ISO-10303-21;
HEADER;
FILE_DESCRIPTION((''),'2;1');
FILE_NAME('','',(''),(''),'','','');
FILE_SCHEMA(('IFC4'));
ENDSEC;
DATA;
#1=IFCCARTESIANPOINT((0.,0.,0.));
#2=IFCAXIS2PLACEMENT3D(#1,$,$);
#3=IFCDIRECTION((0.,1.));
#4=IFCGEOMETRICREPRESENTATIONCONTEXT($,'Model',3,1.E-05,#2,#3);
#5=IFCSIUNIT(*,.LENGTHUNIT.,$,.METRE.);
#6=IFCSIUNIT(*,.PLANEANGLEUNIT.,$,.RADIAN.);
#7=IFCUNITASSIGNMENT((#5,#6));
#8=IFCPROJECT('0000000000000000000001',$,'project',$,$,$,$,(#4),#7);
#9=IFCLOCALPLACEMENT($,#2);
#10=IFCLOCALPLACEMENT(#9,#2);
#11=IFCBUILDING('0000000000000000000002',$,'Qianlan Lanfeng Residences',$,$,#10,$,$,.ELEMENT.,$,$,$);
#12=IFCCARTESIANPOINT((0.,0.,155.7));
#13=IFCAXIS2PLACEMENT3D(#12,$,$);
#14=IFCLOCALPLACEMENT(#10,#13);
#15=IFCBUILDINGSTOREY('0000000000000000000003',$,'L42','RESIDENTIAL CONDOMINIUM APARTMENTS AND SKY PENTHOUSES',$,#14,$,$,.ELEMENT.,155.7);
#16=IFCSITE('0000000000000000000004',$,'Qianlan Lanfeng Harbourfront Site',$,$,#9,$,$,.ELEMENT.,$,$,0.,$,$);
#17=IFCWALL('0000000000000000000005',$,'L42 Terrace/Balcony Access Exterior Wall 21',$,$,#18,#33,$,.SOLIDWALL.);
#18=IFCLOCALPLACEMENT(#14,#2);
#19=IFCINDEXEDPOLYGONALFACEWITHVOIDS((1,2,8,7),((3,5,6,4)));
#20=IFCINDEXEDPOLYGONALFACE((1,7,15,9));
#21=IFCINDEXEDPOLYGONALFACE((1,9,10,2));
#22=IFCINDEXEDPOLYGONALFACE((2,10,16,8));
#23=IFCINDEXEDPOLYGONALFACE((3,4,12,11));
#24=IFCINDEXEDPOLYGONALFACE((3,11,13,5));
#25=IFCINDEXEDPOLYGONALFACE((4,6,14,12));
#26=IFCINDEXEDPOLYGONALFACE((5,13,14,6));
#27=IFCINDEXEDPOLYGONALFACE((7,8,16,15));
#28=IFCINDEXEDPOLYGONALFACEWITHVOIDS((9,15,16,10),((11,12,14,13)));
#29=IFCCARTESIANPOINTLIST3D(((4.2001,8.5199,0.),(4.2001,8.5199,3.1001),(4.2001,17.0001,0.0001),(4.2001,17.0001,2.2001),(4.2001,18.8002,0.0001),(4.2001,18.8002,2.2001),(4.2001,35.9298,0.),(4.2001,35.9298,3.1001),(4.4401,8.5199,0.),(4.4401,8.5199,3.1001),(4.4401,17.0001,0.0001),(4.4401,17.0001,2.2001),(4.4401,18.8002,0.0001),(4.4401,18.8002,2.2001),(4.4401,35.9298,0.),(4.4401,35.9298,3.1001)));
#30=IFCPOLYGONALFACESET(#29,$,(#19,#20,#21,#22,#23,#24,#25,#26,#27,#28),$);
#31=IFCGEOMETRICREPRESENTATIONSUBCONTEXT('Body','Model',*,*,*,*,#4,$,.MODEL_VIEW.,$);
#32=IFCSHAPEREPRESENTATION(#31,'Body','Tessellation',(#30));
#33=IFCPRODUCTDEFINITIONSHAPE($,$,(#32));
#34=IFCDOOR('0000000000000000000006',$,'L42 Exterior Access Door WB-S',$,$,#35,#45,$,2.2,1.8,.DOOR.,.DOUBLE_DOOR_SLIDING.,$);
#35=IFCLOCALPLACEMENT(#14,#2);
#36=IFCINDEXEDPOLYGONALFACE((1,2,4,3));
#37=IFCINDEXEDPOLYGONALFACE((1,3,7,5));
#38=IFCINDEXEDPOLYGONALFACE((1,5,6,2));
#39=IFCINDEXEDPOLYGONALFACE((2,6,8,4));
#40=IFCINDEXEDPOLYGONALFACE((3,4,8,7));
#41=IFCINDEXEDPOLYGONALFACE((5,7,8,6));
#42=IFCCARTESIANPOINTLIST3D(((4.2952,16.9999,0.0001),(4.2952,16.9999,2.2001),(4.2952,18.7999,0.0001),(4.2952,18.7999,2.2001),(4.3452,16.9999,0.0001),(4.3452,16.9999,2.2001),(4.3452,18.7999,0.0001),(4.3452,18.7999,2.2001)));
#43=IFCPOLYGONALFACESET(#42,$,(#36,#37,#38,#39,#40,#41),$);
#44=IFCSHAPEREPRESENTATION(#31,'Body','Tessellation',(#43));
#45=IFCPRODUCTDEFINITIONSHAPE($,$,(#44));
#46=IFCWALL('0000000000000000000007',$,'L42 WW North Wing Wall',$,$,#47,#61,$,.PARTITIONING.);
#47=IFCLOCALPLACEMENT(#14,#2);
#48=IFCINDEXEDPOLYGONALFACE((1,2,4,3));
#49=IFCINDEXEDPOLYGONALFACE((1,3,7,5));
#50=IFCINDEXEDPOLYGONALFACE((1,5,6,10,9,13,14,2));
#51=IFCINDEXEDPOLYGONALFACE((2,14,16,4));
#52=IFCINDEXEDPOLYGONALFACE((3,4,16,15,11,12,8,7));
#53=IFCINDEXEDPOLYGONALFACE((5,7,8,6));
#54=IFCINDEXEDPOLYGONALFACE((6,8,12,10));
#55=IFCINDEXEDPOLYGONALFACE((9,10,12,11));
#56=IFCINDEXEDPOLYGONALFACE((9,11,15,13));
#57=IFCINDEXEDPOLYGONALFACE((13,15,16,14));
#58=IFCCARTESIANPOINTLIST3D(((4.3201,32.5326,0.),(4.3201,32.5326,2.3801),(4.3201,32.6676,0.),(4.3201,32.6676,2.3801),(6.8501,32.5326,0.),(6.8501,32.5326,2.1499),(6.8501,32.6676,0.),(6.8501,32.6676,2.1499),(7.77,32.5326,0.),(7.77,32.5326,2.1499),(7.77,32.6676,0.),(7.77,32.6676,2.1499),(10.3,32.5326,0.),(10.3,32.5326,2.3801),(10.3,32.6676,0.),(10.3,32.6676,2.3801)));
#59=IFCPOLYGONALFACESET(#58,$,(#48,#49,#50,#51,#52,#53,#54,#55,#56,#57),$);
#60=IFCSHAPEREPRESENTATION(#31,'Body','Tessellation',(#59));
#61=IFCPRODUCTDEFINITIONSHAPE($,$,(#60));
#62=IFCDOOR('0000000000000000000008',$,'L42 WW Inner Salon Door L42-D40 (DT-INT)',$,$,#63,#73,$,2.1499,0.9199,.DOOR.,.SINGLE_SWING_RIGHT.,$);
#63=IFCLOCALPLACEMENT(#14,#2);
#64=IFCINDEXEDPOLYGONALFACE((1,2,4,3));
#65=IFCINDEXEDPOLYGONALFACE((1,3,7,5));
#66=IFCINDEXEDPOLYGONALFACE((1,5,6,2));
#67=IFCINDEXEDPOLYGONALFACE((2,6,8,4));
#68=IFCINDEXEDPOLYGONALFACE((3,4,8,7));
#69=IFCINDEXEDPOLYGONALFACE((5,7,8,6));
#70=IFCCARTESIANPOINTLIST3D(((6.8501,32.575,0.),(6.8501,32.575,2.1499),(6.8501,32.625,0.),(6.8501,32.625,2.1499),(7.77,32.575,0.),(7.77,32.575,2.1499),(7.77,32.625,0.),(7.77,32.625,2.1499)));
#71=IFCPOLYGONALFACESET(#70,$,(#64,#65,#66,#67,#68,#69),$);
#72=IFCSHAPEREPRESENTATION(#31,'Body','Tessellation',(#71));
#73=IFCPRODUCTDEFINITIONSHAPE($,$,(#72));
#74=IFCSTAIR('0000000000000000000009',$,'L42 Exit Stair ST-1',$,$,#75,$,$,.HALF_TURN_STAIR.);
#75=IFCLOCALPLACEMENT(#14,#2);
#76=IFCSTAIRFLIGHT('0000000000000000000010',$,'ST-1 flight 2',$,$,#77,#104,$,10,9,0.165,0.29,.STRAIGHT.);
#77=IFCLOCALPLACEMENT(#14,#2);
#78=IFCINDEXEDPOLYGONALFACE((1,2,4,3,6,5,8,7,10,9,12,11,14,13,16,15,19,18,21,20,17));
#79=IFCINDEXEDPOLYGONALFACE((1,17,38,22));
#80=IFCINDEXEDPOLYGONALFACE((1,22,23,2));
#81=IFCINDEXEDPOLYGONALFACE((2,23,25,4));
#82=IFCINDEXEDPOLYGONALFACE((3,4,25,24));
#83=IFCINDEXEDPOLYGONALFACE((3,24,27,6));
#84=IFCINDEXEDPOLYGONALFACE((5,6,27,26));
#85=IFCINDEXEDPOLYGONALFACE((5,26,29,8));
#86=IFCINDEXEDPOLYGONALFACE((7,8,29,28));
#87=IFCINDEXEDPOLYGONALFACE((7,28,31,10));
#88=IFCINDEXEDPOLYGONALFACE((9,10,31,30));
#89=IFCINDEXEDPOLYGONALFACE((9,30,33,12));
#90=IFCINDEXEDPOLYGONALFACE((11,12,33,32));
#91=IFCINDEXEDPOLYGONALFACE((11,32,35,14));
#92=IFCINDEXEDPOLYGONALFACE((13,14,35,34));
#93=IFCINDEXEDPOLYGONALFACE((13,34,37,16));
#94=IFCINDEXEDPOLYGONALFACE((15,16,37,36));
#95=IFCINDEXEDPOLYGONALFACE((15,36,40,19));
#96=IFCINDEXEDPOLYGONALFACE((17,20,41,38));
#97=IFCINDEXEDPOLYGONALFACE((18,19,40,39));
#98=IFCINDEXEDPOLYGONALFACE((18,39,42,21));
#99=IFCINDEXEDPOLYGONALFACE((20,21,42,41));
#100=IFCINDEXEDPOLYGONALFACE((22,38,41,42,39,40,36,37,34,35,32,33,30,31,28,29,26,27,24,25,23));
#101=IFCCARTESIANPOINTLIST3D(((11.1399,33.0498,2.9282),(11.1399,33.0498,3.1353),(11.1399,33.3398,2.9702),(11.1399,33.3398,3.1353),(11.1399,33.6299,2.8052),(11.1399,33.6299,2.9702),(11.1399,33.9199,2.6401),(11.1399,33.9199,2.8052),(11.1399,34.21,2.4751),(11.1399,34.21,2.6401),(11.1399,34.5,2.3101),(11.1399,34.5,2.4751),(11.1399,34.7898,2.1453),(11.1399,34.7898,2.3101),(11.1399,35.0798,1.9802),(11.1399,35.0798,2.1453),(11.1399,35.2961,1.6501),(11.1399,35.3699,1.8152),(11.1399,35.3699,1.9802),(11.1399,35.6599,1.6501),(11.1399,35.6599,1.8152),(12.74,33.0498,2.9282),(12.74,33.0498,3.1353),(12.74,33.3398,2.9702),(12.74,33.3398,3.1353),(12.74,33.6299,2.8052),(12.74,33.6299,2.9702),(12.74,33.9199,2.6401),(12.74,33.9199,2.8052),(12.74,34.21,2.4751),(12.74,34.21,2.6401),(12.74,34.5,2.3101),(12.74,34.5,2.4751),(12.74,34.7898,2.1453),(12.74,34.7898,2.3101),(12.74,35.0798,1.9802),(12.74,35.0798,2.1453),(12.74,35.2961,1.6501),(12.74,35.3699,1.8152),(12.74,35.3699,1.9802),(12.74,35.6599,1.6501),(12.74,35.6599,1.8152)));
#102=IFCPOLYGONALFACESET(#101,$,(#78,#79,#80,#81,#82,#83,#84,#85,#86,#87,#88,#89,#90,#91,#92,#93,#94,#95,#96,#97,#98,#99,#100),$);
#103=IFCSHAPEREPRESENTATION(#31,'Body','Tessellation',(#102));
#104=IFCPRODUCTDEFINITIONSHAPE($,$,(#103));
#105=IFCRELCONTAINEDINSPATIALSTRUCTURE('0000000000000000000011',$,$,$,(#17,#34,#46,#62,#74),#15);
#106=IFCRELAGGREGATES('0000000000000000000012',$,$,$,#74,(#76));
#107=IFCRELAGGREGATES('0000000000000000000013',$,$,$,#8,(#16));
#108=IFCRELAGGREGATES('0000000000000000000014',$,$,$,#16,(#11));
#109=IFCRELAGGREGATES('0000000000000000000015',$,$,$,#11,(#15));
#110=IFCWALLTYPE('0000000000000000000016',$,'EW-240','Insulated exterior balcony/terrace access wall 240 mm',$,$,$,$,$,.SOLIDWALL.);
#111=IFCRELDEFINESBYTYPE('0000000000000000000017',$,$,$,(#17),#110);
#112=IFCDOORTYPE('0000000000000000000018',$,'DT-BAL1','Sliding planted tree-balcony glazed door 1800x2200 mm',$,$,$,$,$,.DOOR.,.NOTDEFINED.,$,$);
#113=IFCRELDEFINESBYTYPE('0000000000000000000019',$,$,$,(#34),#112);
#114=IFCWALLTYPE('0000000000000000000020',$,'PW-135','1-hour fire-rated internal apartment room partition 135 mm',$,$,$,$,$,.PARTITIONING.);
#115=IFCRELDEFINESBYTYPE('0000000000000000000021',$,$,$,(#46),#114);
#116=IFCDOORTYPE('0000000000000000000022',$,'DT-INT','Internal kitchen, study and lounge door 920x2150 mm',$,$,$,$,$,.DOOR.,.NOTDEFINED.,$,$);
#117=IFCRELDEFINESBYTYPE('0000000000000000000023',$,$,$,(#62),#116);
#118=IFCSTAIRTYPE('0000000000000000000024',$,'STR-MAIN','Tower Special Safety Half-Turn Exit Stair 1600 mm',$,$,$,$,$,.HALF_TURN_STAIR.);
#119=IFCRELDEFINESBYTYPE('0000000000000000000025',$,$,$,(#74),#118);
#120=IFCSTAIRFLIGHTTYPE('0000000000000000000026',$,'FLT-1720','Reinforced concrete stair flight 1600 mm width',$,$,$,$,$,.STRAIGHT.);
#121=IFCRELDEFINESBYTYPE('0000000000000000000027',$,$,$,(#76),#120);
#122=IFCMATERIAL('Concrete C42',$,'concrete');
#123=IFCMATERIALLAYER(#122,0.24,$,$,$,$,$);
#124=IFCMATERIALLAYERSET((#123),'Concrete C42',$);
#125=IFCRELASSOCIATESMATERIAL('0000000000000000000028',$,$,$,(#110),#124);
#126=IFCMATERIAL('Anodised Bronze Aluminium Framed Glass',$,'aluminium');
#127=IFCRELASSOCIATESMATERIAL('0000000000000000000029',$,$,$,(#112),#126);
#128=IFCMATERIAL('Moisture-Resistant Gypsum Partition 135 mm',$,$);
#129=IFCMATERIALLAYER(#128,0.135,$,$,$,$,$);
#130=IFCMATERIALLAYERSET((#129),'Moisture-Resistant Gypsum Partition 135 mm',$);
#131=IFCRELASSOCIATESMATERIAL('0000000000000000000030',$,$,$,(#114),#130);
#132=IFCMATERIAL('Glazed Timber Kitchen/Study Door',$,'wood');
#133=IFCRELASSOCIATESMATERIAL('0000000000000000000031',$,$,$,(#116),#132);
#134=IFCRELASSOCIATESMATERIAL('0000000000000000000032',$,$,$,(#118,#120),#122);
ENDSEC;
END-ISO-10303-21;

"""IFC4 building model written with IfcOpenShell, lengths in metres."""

from ifc_helpers import new_model, si_unit, direction, frame, frame_2d, origin, place, context, subcontext, project, spatial, polyline, rectangle, outline, extrude, material, layer, layer_set, type_object, element, fill, aggregate, save


model = new_model("IFC4")

# Units and contexts
model_context = context("Model", 3, precision=1e-05, world=origin(), true_north=direction((0.0, 1.0)))
body_context = subcontext(model_context, "Body", "Model", "MODEL_VIEW")
ifc_project = project(units=[si_unit("LENGTHUNIT", "METRE"), si_unit("PLANEANGLEUNIT", "RADIAN")], contexts=[model_context])

# Site, building, storey
site_placement = place(None, origin())
site = spatial("IfcSite", under=ifc_project, at=site_placement, Name="Qianlan Lanfeng Harbourfront Site", CompositionType="ELEMENT", RefElevation=0.0)
building_placement = place(site_placement, origin())
building = spatial("IfcBuilding", under=site, at=building_placement, Name="Qianlan Lanfeng Residences", CompositionType="ELEMENT")
storey_placement = place(building_placement, frame((0.0, 0.0, 155.7)))
storey = spatial("IfcBuildingStorey", under=building, at=storey_placement, Name="L42", Description="RESIDENTIAL CONDOMINIUM APARTMENTS AND SKY PENTHOUSES", CompositionType="ELEMENT", Elevation=155.7)

# Shared definitions
ifc_material_1 = material(Name="Concrete C42", Category="concrete")
ifc_layer_1 = layer(ifc_material_1, 0.24)
ifc_layer_set_1 = layer_set([ifc_layer_1], Name="Concrete C42")
wall_type_1 = type_object("IfcWallType", Name="EW-240", Description="Insulated exterior balcony/terrace access wall 240 mm", PredefinedType="SOLIDWALL", material=ifc_layer_set_1)

# Walls, openings, doors
wall_1_placement = place(storey_placement, frame((4.3201, 35.9299, 0.0), z_axis=(0.0, 0.0, 1.0), x_axis=(0.0, -1.0, 0.0)))
wall_1 = element("IfcWall", 1, at=wall_1_placement, inside=storey, type_object=wall_type_1, Name="L42 Terrace/Balcony Access Exterior Wall 21", PredefinedType="SOLIDWALL", context=body_context, shape_type="SweptSolid", body=[
    extrude(rectangle(XDim=27.4099, YDim=0.24, at=frame_2d((13.7051, 0.0))), origin(), (0.0, 0.0, 1.0), 3.1001),
])
opening_1_placement = place(wall_1_placement, frame((17.1299, 0.0, 0.0)))
opening_1 = element("IfcOpeningElement", 2, at=opening_1_placement, cuts=wall_1, PredefinedType="OPENING", context=body_context, shape_type="SweptSolid", body=[
    extrude(rectangle(XDim=1.8, YDim=2.2, at=frame_2d((0.8999, 1.1001))), frame((0.0, 0.1299, 0.0), z_axis=(0.0, -1.0, 0.0), x_axis=(1.0, 0.0, 0.0)), (0.0, 0.0, 1.0), 0.26),
])
ifc_material_2 = material(Name="Anodised Bronze Aluminium Framed Glass", Category="aluminium")
door_type_1 = type_object("IfcDoorType", Name="DT-BAL1", Description="Sliding planted tree-balcony glazed door 1800x2200 mm", OperationType="NOTDEFINED", PredefinedType="DOOR", material=ifc_material_2)
door_1_placement = place(opening_1_placement, frame((1.8, 0.0, 0.0), z_axis=(0.0, 0.0, 1.0), x_axis=(-1.0, 0.0, 0.0)))
door_1 = element("IfcDoor", 3, at=door_1_placement, inside=storey, type_object=door_type_1, Name="L42 Exterior Access Door WB-S", OperationType="DOUBLE_DOOR_SLIDING", OverallHeight=2.2, OverallWidth=1.8, PredefinedType="DOOR", context=body_context, shape_type="SweptSolid", body=[
    extrude(rectangle(XDim=1.8, YDim=2.2, at=frame_2d((0.8999, 1.1001))), frame((0.0, 0.0249, 0.0), z_axis=(0.0, -1.0, 0.0), x_axis=(1.0, 0.0, 0.0)), (0.0, 0.0, 1.0), 0.05),
])
fill(opening_1, door_1)
ifc_material_3 = material(Name="Moisture-Resistant Gypsum Partition 135 mm")
ifc_layer_2 = layer(ifc_material_3, 0.135)
ifc_layer_set_2 = layer_set([ifc_layer_2], Name="Moisture-Resistant Gypsum Partition 135 mm")
wall_type_2 = type_object("IfcWallType", Name="PW-135", Description="1-hour fire-rated internal apartment room partition 135 mm", PredefinedType="PARTITIONING", material=ifc_layer_set_2)
wall_2_placement = place(storey_placement, frame((4.3201, 32.6001, 0.0), z_axis=(0.0, 0.0, 1.0), x_axis=(1.0, 0.0, 0.0)))
wall_2 = element("IfcWall", 4, at=wall_2_placement, inside=storey, type_object=wall_type_2, Name="L42 WW North Wing Wall", PredefinedType="PARTITIONING", context=body_context, shape_type="SweptSolid", body=[
    extrude(rectangle(XDim=5.98, YDim=0.135, at=frame_2d((2.99, 0.0))), origin(), (0.0, 0.0, 1.0), 2.3801),
])
opening_2_placement = place(wall_2_placement, frame((2.53, 0.0, 0.0)))
opening_2 = element("IfcOpeningElement", 5, at=opening_2_placement, cuts=wall_2, PredefinedType="OPENING", context=body_context, shape_type="SweptSolid", body=[
    extrude(rectangle(XDim=0.9199, YDim=2.1499, at=frame_2d((0.46, 1.075))), frame((0.0, 0.0776, 0.0), z_axis=(0.0, -1.0, 0.0), x_axis=(1.0, 0.0, 0.0)), (0.0, 0.0, 1.0), 0.155),
])
ifc_material_4 = material(Name="Glazed Timber Kitchen/Study Door", Category="wood")
door_type_2 = type_object("IfcDoorType", Name="DT-INT", Description="Internal kitchen, study and lounge door 920x2150 mm", OperationType="NOTDEFINED", PredefinedType="DOOR", material=ifc_material_4)
door_2_placement = place(opening_2_placement, origin())
door_2 = element("IfcDoor", 6, at=door_2_placement, inside=storey, type_object=door_type_2, Name="L42 WW Inner Salon Door L42-D40 (DT-INT)", OperationType="SINGLE_SWING_RIGHT", OverallHeight=2.1499, OverallWidth=0.9199, PredefinedType="DOOR", context=body_context, shape_type="SweptSolid", body=[
    extrude(rectangle(XDim=0.9199, YDim=2.1499, at=frame_2d((0.46, 1.075))), frame((0.0, 0.0249, 0.0), z_axis=(0.0, -1.0, 0.0), x_axis=(1.0, 0.0, 0.0)), (0.0, 0.0, 1.0), 0.05),
])
fill(opening_2, door_2)

# Stair, stair flight
stair_type = type_object("IfcStairType", Name="STR-MAIN", Description="Tower Special Safety Half-Turn Exit Stair 1600 mm", PredefinedType="HALF_TURN_STAIR", material=ifc_material_1)
stair_placement = place(storey_placement, origin())
stair = element("IfcStair", 7, at=stair_placement, inside=storey, type_object=stair_type, Name="L42 Exit Stair ST-1", PredefinedType="HALF_TURN_STAIR")
stair_flight_type = type_object("IfcStairFlightType", Name="FLT-1720", Description="Reinforced concrete stair flight 1600 mm width", PredefinedType="STRAIGHT", material=ifc_material_1)
stair_flight_placement = place(storey_placement, frame((11.9399, 35.6599, 1.6501), z_axis=(0.0, 0.0, 1.0), x_axis=(0.0, -1.0, 0.0)))
stair_flight = element("IfcStairFlight", 8, at=stair_flight_placement, type_object=stair_flight_type, Name="ST-1 flight 2", NumberOfRisers=10, NumberOfTreads=9, PredefinedType="STRAIGHT", RiserHeight=0.165, TreadLength=0.29, context=body_context, shape_type="SweptSolid", body=[
    extrude(outline(polyline([(0.0, 0.0), (0.0, 0.165), (0.29, 0.165), (0.29, 0.3301), (0.5801, 0.3301), (0.5801, 0.4951), (0.8701, 0.4951), (0.8701, 0.6599), (1.1599, 0.6599), (1.1599, 0.825), (1.45, 0.825), (1.45, 0.99), (1.74, 0.99), (1.74, 1.155), (2.03, 1.155), (2.03, 1.3201), (2.3201, 1.3201), (2.3201, 1.4851), (2.6101, 1.4851), (2.6101, 1.6499), (2.6101, 1.2781), (0.3638, 0.0), (0.0, 0.0)])), frame((0.0, 0.8, 0.0), z_axis=(0.0, -1.0, 0.0), x_axis=(1.0, 0.0, 0.0)), (0.0, 0.0, 1.0), 1.6001),
])
aggregate(stair, [stair_flight])

save(model, "model.ifc")
